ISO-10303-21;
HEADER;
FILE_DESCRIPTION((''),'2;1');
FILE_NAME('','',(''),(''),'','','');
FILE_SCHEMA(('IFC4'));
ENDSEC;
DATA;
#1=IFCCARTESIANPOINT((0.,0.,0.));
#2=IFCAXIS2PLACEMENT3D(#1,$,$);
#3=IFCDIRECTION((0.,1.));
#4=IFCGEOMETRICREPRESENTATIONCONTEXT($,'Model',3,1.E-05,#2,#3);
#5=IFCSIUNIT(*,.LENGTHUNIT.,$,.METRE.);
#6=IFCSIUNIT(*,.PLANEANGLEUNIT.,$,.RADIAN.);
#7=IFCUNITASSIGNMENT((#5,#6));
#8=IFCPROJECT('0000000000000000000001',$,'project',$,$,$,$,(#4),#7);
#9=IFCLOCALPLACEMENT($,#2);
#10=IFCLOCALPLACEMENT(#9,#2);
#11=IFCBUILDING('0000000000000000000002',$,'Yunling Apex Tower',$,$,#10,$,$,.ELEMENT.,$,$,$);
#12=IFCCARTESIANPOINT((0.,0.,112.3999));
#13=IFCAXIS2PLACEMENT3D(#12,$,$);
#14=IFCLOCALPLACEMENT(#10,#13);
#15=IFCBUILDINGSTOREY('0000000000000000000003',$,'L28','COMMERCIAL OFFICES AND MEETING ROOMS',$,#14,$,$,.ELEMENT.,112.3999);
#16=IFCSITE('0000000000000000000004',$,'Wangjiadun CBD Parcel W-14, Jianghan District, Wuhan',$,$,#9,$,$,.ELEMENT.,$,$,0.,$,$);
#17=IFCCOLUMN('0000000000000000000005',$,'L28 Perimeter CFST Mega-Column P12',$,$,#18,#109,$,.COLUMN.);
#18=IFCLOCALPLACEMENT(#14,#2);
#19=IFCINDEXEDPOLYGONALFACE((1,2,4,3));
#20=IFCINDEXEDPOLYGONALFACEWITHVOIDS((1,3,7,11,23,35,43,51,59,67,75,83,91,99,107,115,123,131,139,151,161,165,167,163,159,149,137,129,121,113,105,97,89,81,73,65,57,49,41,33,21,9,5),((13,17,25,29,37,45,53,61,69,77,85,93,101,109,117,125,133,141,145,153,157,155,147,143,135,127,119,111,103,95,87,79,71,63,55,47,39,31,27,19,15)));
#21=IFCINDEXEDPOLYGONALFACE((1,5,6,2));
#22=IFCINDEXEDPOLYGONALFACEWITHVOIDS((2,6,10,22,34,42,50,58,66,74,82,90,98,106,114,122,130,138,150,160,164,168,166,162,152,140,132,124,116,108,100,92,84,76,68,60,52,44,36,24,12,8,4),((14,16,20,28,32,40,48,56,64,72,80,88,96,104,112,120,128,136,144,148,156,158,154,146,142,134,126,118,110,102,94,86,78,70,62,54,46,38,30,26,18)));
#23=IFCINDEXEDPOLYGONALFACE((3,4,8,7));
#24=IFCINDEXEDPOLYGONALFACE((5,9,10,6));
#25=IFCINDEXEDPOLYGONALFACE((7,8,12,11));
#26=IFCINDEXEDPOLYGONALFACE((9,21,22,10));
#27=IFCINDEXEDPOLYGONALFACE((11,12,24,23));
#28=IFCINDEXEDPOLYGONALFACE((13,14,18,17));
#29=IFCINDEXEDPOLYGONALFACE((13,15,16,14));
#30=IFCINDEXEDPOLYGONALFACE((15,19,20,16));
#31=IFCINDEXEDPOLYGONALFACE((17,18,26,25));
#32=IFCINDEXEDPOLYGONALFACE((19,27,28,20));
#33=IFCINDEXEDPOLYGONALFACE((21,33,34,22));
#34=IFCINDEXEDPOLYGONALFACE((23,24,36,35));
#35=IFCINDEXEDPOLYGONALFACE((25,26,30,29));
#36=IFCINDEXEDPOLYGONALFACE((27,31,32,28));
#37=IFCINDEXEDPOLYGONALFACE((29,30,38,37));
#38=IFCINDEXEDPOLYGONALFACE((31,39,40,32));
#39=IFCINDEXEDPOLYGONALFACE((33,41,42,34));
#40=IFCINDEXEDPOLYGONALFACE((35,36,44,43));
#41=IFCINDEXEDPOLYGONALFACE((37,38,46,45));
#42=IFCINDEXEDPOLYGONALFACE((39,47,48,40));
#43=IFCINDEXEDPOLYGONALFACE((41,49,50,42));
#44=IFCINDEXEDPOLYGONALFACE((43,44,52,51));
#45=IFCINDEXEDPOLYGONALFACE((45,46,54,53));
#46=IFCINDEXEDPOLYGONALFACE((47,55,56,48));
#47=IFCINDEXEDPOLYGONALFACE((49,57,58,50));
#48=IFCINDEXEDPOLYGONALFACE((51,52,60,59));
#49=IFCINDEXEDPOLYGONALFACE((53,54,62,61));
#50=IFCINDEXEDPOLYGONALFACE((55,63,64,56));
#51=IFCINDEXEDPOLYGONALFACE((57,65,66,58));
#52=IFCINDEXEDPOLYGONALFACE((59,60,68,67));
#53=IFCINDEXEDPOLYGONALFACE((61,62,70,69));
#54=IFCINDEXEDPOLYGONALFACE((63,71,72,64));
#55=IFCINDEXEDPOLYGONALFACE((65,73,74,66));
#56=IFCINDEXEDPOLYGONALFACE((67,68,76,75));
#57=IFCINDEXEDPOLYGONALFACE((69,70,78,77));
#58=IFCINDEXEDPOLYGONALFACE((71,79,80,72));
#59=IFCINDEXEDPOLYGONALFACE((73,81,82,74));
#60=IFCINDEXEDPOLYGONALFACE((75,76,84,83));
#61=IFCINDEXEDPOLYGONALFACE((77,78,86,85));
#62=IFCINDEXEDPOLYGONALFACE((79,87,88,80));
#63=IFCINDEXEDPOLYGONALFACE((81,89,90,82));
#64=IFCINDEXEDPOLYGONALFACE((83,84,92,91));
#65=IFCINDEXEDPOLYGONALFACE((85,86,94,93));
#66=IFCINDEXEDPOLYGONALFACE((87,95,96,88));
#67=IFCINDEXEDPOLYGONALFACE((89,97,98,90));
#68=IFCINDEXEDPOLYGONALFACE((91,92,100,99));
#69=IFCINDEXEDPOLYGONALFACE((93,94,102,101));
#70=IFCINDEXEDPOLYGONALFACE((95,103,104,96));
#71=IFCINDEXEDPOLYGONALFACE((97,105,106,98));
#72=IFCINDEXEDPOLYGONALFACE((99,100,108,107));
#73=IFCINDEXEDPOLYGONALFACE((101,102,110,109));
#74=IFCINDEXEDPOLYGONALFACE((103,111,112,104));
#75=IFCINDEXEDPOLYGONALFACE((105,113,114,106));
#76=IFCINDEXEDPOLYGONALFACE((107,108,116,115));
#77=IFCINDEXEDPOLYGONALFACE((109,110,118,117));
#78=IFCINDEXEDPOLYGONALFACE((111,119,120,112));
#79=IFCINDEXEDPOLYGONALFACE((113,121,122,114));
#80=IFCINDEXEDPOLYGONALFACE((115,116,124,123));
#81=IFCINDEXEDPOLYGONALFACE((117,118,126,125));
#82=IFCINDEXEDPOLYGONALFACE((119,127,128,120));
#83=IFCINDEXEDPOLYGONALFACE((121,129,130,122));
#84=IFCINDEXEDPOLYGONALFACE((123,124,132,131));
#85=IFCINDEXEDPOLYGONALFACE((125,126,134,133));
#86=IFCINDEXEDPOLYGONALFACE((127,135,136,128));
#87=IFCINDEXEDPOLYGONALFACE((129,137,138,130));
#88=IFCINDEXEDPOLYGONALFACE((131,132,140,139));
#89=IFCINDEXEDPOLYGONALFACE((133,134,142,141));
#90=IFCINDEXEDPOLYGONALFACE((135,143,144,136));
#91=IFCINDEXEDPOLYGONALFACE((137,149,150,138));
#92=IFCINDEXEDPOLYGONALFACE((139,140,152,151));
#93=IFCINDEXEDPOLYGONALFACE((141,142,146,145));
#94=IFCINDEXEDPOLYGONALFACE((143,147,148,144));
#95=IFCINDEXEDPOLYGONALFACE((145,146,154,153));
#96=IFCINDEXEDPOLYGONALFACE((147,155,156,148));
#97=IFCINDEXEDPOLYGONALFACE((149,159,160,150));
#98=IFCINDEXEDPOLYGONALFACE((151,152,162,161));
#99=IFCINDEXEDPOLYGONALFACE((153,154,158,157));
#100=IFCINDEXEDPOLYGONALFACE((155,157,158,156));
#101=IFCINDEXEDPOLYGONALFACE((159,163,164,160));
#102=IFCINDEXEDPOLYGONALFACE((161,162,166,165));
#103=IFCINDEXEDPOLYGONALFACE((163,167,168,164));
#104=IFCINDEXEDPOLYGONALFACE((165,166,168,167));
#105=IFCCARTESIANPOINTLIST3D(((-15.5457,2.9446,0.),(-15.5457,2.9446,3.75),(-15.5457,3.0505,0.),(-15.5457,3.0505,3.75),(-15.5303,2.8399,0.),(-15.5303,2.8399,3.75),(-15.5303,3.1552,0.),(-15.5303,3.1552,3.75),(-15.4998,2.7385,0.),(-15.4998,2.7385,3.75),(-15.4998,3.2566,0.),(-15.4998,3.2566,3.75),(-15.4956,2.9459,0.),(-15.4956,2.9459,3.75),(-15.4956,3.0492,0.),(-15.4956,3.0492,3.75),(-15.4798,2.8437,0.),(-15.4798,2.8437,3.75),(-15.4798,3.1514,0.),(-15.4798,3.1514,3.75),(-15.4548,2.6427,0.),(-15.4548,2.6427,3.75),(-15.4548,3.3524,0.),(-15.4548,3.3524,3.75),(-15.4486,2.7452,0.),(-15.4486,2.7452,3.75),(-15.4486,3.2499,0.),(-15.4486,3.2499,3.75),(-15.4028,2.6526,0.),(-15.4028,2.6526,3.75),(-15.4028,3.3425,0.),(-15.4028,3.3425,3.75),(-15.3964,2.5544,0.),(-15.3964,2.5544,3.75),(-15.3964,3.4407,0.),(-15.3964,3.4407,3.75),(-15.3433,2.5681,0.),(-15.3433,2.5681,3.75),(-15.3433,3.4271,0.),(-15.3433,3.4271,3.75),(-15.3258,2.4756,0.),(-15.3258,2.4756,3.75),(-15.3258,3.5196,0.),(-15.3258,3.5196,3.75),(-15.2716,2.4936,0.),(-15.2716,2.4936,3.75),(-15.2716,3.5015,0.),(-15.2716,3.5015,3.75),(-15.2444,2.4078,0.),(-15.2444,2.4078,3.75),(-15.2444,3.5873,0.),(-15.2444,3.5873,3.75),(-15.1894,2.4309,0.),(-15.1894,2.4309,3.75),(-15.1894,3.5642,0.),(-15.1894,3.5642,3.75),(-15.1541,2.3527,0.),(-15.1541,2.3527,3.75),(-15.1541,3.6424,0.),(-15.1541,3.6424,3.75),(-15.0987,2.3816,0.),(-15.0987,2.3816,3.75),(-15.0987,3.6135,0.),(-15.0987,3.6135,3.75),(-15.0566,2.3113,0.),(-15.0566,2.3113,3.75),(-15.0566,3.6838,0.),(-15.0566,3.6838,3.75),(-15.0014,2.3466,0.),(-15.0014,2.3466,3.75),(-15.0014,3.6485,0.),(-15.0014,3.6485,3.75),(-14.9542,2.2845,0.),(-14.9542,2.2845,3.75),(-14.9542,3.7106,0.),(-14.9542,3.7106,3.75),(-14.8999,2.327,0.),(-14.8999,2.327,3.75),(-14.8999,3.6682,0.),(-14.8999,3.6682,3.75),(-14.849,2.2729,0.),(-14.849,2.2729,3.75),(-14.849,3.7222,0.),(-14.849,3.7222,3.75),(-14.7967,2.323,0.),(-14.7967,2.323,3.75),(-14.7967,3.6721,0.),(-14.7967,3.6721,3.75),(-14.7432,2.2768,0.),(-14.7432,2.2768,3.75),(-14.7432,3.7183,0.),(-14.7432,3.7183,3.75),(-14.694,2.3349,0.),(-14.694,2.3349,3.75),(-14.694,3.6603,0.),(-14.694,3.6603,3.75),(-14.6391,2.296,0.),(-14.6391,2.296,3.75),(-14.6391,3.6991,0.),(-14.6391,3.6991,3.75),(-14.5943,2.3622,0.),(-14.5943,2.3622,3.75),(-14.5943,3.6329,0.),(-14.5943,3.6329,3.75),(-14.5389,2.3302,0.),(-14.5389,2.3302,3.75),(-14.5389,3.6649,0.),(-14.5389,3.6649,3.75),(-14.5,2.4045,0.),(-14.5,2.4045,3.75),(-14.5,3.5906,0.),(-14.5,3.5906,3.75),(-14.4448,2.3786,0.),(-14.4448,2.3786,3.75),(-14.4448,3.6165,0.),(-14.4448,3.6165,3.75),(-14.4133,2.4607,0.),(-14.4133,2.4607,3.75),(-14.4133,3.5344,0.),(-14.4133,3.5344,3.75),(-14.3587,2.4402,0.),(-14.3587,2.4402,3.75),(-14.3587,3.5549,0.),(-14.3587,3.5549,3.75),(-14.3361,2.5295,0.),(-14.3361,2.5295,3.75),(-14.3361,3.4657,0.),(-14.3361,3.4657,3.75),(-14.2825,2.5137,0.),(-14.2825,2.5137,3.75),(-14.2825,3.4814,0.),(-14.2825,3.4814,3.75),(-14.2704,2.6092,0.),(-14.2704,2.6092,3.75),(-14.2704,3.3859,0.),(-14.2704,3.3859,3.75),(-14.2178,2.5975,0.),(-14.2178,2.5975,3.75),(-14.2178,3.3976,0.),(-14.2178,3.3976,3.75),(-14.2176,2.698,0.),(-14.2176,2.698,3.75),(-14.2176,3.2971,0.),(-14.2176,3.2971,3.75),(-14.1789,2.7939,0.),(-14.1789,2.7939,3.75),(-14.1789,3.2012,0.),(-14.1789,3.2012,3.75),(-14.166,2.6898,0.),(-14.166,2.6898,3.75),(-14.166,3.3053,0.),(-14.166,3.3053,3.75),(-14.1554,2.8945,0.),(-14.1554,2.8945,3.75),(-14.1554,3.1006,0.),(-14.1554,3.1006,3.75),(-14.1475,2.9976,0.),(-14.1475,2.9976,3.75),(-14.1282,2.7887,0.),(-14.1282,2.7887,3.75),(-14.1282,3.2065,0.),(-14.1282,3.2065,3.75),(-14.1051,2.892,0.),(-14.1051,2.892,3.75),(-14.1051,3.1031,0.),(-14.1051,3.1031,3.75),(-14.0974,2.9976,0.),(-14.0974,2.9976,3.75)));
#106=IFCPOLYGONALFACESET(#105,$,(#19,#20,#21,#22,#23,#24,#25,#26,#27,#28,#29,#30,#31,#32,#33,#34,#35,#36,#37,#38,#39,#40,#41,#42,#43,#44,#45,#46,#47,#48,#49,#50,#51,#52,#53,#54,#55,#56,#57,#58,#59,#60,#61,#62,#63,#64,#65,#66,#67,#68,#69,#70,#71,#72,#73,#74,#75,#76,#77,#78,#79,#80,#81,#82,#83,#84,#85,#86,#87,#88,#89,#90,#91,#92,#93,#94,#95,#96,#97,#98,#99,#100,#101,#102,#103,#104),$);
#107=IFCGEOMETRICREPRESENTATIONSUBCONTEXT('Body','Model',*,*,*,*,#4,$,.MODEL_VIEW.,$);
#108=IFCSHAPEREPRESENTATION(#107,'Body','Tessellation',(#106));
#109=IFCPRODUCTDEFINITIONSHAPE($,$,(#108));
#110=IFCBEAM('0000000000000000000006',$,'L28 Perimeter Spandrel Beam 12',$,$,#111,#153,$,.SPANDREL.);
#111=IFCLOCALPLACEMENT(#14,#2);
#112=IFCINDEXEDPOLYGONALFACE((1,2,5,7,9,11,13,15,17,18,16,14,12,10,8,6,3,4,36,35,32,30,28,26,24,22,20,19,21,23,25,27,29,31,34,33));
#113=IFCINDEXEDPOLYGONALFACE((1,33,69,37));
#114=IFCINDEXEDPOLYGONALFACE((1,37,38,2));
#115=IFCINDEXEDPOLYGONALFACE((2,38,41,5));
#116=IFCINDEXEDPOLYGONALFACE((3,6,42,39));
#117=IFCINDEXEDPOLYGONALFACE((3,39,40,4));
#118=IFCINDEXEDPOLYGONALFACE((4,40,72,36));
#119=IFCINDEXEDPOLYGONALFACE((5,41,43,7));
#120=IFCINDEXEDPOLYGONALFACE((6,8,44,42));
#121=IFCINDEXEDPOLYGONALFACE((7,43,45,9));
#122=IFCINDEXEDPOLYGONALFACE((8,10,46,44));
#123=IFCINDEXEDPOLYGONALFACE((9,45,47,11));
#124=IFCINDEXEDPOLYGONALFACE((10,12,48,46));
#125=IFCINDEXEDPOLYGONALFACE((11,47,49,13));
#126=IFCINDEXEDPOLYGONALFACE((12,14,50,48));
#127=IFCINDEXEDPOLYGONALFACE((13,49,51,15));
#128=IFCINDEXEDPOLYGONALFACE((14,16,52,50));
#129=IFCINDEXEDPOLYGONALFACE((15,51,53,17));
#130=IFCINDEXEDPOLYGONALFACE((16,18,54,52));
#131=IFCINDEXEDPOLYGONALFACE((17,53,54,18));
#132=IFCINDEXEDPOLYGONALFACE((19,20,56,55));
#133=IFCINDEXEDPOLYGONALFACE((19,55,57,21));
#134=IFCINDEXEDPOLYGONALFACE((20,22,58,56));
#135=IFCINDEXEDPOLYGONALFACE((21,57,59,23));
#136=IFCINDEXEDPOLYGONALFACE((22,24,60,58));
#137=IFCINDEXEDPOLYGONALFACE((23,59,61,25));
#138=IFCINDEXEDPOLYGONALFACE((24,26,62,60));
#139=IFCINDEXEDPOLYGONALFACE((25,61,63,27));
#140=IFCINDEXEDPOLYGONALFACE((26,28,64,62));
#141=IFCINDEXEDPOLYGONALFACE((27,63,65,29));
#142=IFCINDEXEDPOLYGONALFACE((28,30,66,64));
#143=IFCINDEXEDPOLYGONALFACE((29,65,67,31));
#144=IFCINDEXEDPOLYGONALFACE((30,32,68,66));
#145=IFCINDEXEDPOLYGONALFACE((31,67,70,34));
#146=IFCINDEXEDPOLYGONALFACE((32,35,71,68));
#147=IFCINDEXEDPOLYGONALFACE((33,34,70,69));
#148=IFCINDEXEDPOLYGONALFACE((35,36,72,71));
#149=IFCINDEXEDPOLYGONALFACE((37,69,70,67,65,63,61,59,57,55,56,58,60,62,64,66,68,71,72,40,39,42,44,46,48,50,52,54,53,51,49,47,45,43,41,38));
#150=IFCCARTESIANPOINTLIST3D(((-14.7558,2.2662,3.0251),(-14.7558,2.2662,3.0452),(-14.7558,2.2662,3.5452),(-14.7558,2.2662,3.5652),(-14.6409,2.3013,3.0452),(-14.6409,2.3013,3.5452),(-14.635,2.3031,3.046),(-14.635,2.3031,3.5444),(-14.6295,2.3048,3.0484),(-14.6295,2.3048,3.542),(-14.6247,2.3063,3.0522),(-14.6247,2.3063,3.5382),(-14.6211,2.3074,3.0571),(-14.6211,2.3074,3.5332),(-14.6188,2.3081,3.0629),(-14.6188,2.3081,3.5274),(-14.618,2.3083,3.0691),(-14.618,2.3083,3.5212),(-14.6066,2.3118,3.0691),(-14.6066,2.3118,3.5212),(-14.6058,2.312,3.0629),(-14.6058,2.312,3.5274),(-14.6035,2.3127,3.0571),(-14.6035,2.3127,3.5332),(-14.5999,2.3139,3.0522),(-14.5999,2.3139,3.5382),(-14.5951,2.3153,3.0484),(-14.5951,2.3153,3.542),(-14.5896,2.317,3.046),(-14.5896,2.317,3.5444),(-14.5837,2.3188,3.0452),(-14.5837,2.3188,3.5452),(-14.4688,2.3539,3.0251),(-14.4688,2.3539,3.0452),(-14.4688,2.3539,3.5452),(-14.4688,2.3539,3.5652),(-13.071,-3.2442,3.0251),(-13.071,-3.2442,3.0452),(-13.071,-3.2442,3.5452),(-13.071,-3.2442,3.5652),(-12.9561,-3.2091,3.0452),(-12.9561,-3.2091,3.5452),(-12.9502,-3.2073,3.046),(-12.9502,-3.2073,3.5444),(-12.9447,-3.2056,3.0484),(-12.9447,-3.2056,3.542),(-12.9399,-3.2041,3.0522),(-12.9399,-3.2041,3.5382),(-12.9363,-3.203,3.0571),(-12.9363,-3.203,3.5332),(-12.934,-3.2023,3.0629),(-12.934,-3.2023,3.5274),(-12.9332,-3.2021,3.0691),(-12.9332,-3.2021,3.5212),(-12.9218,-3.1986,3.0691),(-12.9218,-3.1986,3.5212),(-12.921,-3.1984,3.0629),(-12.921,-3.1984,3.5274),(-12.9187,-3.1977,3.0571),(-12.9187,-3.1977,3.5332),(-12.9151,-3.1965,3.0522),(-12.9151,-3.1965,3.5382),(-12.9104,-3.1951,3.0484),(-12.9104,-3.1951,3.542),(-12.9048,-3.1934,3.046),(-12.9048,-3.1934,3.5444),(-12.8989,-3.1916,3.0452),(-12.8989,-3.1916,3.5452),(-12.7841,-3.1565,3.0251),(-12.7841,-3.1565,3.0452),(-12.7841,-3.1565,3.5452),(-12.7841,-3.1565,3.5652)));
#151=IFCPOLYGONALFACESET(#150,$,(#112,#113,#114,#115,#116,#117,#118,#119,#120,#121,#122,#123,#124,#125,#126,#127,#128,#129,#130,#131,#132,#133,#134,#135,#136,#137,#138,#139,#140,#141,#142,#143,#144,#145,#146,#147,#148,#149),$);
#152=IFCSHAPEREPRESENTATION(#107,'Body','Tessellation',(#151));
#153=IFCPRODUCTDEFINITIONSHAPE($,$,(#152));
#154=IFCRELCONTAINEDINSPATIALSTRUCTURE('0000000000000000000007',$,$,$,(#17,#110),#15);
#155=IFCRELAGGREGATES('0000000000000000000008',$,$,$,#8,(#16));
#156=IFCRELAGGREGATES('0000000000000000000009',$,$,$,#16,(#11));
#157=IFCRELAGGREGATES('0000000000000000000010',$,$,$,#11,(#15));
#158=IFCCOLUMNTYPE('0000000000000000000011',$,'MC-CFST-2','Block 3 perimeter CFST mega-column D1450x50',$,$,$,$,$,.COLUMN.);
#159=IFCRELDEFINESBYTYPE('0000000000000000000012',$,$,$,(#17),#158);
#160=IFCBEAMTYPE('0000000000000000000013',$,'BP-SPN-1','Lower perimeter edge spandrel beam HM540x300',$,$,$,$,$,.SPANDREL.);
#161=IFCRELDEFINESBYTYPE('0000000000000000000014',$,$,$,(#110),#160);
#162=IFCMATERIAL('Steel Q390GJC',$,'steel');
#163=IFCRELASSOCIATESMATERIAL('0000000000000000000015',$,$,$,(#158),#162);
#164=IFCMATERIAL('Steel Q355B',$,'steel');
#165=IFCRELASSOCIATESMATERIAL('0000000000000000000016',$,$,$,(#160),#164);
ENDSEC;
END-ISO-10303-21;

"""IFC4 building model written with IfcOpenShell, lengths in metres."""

from ifc_helpers import new_model, si_unit, direction, frame, origin, origin_2d, place, context, subcontext, project, spatial, hollow_circle, i_section, extrude, source, transform, mapped, material, material_profile, profile_set, type_object, element, save


model = new_model("IFC4")

# Units and contexts
model_context = context("Model", 3, precision=1e-05, world=origin(), true_north=direction((0.0, 1.0)))
body_context = subcontext(model_context, "Body", "Model", "MODEL_VIEW")
ifc_project = project(units=[si_unit("LENGTHUNIT", "METRE"), si_unit("PLANEANGLEUNIT", "RADIAN")], contexts=[model_context])

# Site, building, storey
site_placement = place(None, origin())
site = spatial("IfcSite", under=ifc_project, at=site_placement, Name="Wangjiadun CBD Parcel W-14, Jianghan District, Wuhan", CompositionType="ELEMENT", RefElevation=0.0)
building_placement = place(site_placement, origin())
building = spatial("IfcBuilding", under=site, at=building_placement, Name="Yunling Apex Tower", CompositionType="ELEMENT")
storey_placement = place(building_placement, frame((0.0, 0.0, 112.3999)))
storey = spatial("IfcBuildingStorey", under=building, at=storey_placement, Name="L28", Description="COMMERCIAL OFFICES AND MEETING ROOMS", CompositionType="ELEMENT", Elevation=112.3999)

# Column
ifc_material_1 = material(Name="Steel Q390GJC", Category="steel")
ifc_material_profile_1 = material_profile(ifc_material_1, hollow_circle(Radius=0.7251, WallThickness=0.05, at=origin_2d()))
ifc_profile_set_1 = profile_set([ifc_material_profile_1], Name="Steel Q390GJC")
column_type = type_object("IfcColumnType", Name="MC-CFST-2", Description="Block 3 perimeter CFST mega-column D1450x50", PredefinedType="COLUMN", material=ifc_profile_set_1)
shared_shape_1 = source(origin(), body_context, "Body", "SweptSolid", [
    extrude(hollow_circle(Radius=0.7251, WallThickness=0.05, at=origin_2d()), origin(), (0.0, 0.0, 1.0), 3.75),
])
column_placement = place(storey_placement, frame((-14.8225, 2.9976, 0.0), z_axis=(0.0, 0.0, 1.0), x_axis=(1.0, 0.0, 0.0)))
element("IfcColumn", 1, at=column_placement, inside=storey, type_object=column_type, Name="L28 Perimeter CFST Mega-Column P12", PredefinedType="COLUMN", context=body_context, shape_type="MappedRepresentation", body=[
    mapped(shared_shape_1, transform((0.0, 0.0, 0.0), scale=1.0)),
])

# Beam
ifc_material_2 = material(Name="Steel Q355B", Category="steel")
ifc_material_profile_2 = material_profile(ifc_material_2, i_section(OverallWidth=0.3, OverallDepth=0.54, WebThickness=0.012, FlangeThickness=0.02, FilletRadius=0.0239, at=origin_2d()))
ifc_profile_set_2 = profile_set([ifc_material_profile_2], Name="Steel Q355B")
beam_type_1 = type_object("IfcBeamType", Name="BP-SPN-1", Description="Lower perimeter edge spandrel beam HM540x300", PredefinedType="SPANDREL", material=ifc_profile_set_2)
shared_shape_2 = source(origin(), body_context, "Body", "SweptSolid", [
    extrude(i_section(OverallWidth=0.3, OverallDepth=0.54, WebThickness=0.012, FlangeThickness=0.02, FilletRadius=0.0239, at=origin_2d()), origin(), (0.0, 0.0, 1.0), 5.7622),
])
beam_1_placement = place(storey_placement, frame((-14.6123, 2.3101, 3.2952), z_axis=(0.292385, -0.956301, 0.0), x_axis=(0.956301, 0.292385, 0.0)))
element("IfcBeam", 2, at=beam_1_placement, inside=storey, type_object=beam_type_1, Name="L28 Perimeter Spandrel Beam 12", PredefinedType="SPANDREL", context=body_context, shape_type="MappedRepresentation", body=[
    mapped(shared_shape_2, transform((0.0, 0.0, 0.0), scale=1.0)),
])

save(model, "model.ifc")
